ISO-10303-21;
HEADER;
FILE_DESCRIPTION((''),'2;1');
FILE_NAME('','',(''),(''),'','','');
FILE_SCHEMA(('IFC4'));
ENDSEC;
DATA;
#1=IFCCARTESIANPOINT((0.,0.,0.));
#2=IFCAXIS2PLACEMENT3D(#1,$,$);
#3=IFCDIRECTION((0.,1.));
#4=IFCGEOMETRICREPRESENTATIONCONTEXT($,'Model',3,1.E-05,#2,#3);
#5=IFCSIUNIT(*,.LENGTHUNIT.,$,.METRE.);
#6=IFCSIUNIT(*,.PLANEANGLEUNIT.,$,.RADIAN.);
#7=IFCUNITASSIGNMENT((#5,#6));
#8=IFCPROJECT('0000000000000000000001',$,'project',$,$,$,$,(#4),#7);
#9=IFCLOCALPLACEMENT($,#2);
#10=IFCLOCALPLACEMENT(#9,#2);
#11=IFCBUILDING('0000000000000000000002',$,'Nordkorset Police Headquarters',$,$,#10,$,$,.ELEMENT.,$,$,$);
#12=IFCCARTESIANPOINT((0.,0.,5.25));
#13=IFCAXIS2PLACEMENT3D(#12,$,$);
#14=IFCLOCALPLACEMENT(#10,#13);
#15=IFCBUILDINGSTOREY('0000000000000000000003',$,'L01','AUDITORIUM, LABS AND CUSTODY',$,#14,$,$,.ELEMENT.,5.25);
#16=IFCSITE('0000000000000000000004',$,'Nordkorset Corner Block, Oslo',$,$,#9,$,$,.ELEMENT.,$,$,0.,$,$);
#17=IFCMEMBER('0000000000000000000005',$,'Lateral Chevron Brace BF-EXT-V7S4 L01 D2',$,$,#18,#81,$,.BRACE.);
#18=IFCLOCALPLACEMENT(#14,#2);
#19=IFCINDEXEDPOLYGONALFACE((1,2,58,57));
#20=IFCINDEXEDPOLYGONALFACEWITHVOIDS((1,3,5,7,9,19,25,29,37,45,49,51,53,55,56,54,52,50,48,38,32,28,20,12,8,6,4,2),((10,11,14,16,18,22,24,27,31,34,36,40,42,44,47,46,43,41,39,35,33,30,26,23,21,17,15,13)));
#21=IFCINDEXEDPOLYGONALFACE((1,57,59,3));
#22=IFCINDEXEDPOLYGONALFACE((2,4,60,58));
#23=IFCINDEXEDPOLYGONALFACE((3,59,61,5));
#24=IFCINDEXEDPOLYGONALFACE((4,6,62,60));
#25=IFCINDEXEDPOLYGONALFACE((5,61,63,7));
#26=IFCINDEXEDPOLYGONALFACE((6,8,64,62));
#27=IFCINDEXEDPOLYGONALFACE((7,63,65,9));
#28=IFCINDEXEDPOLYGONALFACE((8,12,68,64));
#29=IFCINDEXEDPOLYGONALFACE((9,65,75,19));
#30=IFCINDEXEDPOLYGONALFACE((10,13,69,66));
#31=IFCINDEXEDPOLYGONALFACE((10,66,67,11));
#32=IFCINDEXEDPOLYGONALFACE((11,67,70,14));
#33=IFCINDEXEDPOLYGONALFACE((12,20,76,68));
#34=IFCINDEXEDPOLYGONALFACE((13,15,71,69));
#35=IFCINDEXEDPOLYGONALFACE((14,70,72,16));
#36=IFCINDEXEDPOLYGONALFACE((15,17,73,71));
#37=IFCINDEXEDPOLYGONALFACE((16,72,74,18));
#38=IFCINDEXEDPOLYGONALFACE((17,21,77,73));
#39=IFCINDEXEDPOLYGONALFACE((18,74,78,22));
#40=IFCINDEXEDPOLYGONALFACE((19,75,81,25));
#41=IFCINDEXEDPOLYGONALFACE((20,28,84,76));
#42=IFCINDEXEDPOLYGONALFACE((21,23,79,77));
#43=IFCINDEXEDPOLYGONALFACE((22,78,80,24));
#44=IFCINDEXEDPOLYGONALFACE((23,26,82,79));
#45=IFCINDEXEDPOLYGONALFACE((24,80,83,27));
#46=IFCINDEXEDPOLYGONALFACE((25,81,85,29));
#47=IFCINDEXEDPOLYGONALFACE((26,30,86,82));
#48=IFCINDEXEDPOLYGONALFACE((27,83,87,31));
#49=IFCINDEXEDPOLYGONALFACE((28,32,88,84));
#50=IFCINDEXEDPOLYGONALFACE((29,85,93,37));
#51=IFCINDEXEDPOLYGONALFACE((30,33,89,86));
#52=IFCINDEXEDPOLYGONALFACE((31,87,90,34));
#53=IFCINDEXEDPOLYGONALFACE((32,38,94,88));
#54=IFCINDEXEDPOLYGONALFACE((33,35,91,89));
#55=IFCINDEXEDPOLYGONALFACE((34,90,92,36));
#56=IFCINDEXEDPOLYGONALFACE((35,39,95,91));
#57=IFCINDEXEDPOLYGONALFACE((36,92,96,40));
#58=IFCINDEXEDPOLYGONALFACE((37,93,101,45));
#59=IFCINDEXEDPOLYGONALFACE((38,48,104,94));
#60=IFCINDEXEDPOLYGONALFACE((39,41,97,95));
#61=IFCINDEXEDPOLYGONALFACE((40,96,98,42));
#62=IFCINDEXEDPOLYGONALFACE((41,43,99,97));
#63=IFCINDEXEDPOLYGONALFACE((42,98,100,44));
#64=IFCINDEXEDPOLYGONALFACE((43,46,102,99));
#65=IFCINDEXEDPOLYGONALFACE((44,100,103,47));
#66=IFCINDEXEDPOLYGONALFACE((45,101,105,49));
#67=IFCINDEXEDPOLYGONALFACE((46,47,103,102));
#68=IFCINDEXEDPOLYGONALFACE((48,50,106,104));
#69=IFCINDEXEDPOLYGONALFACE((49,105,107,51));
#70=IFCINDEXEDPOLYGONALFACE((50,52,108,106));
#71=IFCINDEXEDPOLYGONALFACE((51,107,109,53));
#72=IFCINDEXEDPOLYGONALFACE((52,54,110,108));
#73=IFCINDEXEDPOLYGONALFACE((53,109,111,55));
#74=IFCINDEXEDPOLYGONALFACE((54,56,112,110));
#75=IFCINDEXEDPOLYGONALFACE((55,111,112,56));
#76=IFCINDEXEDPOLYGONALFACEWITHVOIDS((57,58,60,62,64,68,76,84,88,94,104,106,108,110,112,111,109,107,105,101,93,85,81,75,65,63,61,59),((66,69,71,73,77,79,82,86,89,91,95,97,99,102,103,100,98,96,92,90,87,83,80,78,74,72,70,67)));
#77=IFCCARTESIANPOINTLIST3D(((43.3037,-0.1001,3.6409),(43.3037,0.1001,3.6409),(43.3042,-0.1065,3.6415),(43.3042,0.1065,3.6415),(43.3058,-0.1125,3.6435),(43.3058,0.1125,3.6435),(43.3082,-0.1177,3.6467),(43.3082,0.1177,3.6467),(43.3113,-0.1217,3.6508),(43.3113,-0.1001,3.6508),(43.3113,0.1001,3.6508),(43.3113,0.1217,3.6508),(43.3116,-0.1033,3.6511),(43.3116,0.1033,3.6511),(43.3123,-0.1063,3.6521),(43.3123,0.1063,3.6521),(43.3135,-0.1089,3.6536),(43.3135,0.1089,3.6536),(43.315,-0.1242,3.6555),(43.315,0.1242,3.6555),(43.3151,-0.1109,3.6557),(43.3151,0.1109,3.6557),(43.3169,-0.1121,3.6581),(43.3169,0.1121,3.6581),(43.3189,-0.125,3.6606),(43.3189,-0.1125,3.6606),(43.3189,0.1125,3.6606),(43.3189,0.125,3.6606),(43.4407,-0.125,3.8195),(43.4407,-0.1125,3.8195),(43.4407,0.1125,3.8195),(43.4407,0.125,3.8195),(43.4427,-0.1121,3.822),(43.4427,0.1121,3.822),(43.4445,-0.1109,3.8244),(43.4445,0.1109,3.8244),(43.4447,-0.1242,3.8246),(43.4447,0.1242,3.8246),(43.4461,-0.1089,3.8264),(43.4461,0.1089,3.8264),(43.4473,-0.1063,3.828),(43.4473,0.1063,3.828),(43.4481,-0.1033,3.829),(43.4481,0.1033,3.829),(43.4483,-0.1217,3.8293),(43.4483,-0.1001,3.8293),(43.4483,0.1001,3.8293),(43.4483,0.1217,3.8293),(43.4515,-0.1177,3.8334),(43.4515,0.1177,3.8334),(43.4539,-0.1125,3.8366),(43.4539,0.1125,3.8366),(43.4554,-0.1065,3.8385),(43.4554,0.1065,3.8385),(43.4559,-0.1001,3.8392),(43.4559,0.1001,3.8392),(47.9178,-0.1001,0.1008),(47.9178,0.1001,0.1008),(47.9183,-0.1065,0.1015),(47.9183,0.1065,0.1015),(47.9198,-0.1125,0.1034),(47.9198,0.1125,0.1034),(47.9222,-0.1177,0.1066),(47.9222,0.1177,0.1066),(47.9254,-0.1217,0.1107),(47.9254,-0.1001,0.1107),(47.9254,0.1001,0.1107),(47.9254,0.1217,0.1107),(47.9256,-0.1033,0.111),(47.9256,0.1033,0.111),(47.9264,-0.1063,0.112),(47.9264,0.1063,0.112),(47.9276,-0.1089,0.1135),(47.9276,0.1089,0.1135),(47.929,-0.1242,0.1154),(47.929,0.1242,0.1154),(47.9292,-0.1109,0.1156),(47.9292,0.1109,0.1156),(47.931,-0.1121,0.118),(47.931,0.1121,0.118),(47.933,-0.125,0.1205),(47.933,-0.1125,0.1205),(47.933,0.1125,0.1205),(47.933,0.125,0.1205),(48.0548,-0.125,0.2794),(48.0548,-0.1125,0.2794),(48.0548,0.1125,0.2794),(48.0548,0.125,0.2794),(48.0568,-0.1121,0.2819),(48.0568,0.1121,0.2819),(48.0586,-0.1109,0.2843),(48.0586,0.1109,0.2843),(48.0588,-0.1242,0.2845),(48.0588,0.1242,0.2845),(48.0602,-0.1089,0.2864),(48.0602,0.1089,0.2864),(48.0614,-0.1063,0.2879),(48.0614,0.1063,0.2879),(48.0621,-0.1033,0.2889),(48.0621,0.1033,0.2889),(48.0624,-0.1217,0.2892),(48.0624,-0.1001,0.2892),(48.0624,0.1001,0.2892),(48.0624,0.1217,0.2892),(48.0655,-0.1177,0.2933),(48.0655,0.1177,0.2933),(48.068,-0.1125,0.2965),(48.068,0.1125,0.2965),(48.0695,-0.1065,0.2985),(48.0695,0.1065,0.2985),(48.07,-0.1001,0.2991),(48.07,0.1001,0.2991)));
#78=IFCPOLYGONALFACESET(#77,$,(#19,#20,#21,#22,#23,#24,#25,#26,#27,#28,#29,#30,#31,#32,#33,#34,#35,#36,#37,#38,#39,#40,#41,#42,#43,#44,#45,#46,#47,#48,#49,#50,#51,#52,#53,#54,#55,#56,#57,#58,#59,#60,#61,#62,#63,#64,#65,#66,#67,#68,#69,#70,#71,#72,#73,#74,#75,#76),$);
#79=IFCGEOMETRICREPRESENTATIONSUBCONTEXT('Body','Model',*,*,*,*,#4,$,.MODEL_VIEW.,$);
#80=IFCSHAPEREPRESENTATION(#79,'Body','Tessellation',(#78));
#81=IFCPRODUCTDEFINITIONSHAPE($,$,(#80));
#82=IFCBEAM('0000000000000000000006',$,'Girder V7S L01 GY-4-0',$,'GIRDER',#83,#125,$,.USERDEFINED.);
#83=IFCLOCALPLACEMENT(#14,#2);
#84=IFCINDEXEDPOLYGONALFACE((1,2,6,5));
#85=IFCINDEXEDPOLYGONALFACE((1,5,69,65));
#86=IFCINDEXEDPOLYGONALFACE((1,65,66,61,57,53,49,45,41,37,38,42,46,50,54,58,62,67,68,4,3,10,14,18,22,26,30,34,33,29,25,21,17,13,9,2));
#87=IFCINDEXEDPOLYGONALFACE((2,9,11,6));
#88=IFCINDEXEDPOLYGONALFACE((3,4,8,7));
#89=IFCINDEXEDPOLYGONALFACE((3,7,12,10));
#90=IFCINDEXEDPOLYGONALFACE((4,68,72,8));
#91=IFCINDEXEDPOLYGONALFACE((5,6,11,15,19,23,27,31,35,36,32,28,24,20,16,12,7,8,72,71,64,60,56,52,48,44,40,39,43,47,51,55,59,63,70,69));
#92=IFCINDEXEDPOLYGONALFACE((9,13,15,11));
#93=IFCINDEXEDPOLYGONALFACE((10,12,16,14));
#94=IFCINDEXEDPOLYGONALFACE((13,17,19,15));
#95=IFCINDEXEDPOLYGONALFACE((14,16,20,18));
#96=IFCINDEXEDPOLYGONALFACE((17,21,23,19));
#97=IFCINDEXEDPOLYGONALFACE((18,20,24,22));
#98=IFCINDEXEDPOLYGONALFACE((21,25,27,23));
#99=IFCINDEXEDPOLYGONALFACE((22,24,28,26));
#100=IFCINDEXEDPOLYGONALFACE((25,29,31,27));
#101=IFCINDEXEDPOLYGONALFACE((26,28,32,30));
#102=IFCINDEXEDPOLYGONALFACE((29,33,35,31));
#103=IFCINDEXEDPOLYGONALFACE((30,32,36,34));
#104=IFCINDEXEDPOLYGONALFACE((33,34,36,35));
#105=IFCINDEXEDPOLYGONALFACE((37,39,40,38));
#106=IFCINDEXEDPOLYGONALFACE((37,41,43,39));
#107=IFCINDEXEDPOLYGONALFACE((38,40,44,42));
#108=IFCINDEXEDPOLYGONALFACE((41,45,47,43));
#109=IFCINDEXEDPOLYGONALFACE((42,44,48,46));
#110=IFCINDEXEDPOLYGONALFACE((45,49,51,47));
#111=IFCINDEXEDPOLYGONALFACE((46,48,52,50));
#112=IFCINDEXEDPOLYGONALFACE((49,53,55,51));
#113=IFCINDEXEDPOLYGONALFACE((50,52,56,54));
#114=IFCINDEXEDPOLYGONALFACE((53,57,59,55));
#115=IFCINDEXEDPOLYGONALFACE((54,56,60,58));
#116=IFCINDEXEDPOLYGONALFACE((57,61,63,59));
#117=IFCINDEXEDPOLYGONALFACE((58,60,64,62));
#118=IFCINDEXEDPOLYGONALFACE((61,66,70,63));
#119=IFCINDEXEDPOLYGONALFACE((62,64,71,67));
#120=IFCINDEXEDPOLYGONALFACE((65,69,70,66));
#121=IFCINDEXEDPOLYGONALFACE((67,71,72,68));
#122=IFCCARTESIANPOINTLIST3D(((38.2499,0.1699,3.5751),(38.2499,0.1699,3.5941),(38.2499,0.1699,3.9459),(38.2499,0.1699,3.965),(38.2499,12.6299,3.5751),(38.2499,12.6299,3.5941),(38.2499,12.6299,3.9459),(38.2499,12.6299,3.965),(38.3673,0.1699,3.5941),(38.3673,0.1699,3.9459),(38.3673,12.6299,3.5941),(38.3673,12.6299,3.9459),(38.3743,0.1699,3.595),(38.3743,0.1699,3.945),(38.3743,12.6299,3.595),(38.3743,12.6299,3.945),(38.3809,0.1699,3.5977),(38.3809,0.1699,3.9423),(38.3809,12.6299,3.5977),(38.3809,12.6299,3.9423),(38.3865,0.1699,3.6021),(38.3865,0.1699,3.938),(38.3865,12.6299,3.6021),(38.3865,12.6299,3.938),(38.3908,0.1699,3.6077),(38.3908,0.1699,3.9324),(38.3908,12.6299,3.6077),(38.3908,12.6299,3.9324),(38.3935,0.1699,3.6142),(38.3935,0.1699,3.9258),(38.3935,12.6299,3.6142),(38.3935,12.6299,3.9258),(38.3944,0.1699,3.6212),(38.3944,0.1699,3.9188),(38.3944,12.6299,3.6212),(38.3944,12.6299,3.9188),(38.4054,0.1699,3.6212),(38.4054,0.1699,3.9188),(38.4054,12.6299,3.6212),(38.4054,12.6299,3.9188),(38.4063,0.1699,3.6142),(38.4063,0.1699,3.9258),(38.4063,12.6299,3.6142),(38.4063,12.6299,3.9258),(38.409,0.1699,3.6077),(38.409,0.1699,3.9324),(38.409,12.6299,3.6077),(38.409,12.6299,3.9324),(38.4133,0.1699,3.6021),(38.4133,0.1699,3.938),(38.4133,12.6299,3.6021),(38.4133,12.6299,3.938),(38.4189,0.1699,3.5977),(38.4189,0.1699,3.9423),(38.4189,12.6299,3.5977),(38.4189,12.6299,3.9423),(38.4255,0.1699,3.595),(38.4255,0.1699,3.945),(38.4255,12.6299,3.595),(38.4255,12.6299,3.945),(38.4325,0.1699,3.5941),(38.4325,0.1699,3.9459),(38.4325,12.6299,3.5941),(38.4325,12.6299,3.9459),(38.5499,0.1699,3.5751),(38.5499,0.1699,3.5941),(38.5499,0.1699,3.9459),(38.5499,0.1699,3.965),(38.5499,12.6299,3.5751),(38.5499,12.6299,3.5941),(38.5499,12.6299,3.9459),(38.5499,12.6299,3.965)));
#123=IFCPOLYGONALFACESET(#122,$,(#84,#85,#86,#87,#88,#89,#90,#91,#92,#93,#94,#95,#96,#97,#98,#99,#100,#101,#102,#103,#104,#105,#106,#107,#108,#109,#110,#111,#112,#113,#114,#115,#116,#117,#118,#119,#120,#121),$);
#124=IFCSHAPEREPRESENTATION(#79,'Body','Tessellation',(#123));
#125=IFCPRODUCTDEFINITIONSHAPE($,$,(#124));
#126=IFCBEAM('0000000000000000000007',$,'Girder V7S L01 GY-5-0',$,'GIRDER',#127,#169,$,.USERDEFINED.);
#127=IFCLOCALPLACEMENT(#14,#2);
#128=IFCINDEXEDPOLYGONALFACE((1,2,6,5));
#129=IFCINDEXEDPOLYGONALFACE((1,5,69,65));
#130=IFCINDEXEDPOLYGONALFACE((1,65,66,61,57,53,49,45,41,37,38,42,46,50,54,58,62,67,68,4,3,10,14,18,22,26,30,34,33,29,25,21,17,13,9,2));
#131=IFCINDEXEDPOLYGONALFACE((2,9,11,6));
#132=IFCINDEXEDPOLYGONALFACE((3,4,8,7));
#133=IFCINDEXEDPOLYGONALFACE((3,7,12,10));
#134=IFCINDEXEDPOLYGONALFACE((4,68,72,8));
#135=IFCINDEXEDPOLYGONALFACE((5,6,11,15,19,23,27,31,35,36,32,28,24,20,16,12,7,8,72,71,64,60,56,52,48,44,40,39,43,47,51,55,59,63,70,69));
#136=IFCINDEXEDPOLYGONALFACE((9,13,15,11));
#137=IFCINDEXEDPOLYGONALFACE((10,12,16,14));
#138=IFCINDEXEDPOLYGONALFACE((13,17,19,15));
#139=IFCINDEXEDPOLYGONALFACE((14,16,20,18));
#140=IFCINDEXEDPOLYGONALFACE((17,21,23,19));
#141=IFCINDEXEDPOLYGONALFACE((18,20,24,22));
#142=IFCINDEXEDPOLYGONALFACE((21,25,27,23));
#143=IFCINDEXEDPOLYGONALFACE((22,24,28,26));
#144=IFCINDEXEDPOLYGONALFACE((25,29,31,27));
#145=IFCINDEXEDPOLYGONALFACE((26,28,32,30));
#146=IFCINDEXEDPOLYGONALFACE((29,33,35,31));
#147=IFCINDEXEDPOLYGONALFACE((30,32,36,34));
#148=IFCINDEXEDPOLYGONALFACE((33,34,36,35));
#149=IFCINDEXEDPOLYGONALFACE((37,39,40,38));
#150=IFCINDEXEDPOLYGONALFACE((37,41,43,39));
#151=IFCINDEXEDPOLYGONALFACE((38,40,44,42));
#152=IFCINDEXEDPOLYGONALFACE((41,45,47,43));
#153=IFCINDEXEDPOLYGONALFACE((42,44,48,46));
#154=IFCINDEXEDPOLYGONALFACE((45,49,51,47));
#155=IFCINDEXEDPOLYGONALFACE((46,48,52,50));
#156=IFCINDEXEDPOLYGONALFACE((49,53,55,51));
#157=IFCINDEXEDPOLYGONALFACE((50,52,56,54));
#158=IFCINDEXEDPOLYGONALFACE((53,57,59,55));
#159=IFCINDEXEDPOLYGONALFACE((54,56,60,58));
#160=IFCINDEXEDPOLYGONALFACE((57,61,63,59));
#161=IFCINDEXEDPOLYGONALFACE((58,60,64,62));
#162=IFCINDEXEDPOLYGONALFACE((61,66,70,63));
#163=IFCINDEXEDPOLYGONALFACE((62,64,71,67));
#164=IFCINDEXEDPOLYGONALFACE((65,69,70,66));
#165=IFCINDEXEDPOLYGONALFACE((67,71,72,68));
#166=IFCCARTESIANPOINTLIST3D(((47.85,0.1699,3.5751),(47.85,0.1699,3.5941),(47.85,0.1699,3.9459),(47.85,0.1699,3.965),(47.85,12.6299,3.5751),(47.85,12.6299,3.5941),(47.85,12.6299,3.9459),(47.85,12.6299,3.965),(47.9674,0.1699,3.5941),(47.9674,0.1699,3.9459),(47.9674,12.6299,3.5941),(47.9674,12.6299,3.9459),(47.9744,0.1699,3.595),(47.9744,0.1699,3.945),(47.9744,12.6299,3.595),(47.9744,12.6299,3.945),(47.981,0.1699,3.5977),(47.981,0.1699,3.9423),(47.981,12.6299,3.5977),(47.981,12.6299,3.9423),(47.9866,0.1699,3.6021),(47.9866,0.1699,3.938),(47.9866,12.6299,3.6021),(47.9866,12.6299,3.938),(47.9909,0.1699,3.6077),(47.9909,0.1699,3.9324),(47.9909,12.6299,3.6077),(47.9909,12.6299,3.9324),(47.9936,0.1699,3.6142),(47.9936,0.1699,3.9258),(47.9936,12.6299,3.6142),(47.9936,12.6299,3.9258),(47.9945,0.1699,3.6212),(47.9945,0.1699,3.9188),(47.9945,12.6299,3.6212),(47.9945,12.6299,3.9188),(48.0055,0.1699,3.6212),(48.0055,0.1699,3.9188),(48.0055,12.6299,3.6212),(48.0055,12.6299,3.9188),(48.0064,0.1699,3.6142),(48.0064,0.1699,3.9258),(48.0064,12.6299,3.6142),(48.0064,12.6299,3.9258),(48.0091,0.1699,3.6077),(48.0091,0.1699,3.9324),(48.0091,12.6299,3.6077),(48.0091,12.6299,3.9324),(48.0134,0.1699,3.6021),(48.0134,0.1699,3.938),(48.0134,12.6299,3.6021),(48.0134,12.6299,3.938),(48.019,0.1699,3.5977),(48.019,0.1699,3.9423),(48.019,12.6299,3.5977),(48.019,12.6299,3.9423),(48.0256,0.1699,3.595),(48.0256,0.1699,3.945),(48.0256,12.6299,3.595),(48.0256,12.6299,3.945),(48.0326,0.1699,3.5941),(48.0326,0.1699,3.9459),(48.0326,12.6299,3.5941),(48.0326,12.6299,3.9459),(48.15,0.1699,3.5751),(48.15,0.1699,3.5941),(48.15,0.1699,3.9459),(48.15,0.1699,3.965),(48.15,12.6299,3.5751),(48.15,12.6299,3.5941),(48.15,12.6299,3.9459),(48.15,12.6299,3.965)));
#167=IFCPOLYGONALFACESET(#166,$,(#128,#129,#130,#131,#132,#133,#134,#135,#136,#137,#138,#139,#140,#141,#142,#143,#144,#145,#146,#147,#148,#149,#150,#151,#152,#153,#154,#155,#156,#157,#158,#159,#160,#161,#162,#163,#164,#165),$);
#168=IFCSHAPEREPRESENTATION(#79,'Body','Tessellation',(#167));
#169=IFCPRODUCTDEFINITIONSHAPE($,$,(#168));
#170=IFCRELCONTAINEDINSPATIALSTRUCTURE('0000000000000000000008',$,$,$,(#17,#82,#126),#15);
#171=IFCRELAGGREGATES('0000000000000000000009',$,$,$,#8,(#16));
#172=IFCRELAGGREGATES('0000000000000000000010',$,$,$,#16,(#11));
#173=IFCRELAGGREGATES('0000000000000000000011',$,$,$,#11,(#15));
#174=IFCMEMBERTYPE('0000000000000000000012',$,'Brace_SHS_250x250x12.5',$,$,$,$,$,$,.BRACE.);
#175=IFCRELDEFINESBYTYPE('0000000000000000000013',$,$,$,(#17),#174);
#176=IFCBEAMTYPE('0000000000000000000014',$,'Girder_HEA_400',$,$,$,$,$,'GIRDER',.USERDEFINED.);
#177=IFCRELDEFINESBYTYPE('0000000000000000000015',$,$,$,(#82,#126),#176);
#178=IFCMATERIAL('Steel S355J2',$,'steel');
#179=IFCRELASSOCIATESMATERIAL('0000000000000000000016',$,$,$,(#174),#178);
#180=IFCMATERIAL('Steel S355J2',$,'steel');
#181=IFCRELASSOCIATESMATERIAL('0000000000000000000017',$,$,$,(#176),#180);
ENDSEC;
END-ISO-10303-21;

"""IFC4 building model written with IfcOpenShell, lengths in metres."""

from ifc_helpers import new_model, si_unit, direction, frame, origin, origin_2d, place, context, subcontext, project, spatial, hollow_rectangle, i_section, extrude, material, material_profile, profile_set, type_object, element, save


model = new_model("IFC4")

# Units and contexts
model_context = context("Model", 3, precision=1e-05, world=origin(), true_north=direction((0.0, 1.0)))
body_context = subcontext(model_context, "Body", "Model", "MODEL_VIEW")
ifc_project = project(units=[si_unit("LENGTHUNIT", "METRE"), si_unit("PLANEANGLEUNIT", "RADIAN")], contexts=[model_context])

# Site, building, storey
site_placement = place(None, origin())
site = spatial("IfcSite", under=ifc_project, at=site_placement, Name="Nordkorset Corner Block, Oslo", CompositionType="ELEMENT", RefElevation=0.0)
building_placement = place(site_placement, origin())
building = spatial("IfcBuilding", under=site, at=building_placement, Name="Nordkorset Police Headquarters", CompositionType="ELEMENT")
storey_placement = place(building_placement, frame((0.0, 0.0, 5.25)))
storey = spatial("IfcBuildingStorey", under=building, at=storey_placement, Name="L01", Description="AUDITORIUM, LABS AND CUSTODY", CompositionType="ELEMENT", Elevation=5.25)

# Member
ifc_material_1 = material(Name="Steel S355J2", Category="steel")
ifc_material_profile_1 = material_profile(ifc_material_1, hollow_rectangle(XDim=0.25, YDim=0.25, WallThickness=0.0125, InnerFilletRadius=0.0125, OuterFilletRadius=0.0249, at=origin_2d()), Name="SHS 250x250x12.5")
ifc_profile_set_1 = profile_set([ifc_material_profile_1], Name="Steel S355J2")
member_type = type_object("IfcMemberType", Name="Brace_SHS_250x250x12.5", PredefinedType="BRACE", material=ifc_profile_set_1)
for number, where, z_axis, x_axis, name in (
    (1, (47.9939, 0.0, 0.2), (-0.793388, 0.0, 0.608716), (0.0, -1.0, 0.0), "Lateral Chevron Brace BF-EXT-V7S4 L01 D2"),
):
    element("IfcMember", number, at=place(storey_placement, frame(where, z_axis=z_axis, x_axis=x_axis)), inside=storey, type_object=member_type, Name=name, PredefinedType="BRACE", context=body_context, shape_type="SweptSolid", body=[
        extrude(hollow_rectangle(XDim=0.25, YDim=0.25, WallThickness=0.0125, InnerFilletRadius=0.0125, OuterFilletRadius=0.0249, at=origin_2d()), origin(), (0.0, 0.0, 1.0), 5.8157),
    ])

# Beams
ifc_material_2 = material(Name="Steel S355J2", Category="steel")
ifc_material_profile_2 = material_profile(ifc_material_2, i_section(OverallWidth=0.3, OverallDepth=0.3899, WebThickness=0.011, FlangeThickness=0.019, FilletRadius=0.0271, at=origin_2d()), Name="HEA 400")
ifc_profile_set_2 = profile_set([ifc_material_profile_2], Name="Steel S355J2")
beam_type_1 = type_object("IfcBeamType", Name="Girder_HEA_400", ElementType="GIRDER", PredefinedType="USERDEFINED", material=ifc_profile_set_2)
for number, where, z_axis, x_axis, name in (
    (2, (38.3999, 0.1699, 3.77), (0.0, 1.0, 0.0), (-1.0, 0.0, 0.0), "Girder V7S L01 GY-4-0"),
    (3, (48.0, 0.1699, 3.77), (0.0, 1.0, 0.0), (-1.0, 0.0, 0.0), "Girder V7S L01 GY-5-0"),
):
    element("IfcBeam", number, at=place(storey_placement, frame(where, z_axis=z_axis, x_axis=x_axis)), inside=storey, type_object=beam_type_1, Name=name, ObjectType="GIRDER", PredefinedType="USERDEFINED", context=body_context, shape_type="SweptSolid", body=[
        extrude(i_section(OverallWidth=0.3, OverallDepth=0.3899, WebThickness=0.011, FlangeThickness=0.019, FilletRadius=0.0271, at=origin_2d()), origin(), (0.0, 0.0, 1.0), 12.46),
    ])

save(model, "model.ifc")
